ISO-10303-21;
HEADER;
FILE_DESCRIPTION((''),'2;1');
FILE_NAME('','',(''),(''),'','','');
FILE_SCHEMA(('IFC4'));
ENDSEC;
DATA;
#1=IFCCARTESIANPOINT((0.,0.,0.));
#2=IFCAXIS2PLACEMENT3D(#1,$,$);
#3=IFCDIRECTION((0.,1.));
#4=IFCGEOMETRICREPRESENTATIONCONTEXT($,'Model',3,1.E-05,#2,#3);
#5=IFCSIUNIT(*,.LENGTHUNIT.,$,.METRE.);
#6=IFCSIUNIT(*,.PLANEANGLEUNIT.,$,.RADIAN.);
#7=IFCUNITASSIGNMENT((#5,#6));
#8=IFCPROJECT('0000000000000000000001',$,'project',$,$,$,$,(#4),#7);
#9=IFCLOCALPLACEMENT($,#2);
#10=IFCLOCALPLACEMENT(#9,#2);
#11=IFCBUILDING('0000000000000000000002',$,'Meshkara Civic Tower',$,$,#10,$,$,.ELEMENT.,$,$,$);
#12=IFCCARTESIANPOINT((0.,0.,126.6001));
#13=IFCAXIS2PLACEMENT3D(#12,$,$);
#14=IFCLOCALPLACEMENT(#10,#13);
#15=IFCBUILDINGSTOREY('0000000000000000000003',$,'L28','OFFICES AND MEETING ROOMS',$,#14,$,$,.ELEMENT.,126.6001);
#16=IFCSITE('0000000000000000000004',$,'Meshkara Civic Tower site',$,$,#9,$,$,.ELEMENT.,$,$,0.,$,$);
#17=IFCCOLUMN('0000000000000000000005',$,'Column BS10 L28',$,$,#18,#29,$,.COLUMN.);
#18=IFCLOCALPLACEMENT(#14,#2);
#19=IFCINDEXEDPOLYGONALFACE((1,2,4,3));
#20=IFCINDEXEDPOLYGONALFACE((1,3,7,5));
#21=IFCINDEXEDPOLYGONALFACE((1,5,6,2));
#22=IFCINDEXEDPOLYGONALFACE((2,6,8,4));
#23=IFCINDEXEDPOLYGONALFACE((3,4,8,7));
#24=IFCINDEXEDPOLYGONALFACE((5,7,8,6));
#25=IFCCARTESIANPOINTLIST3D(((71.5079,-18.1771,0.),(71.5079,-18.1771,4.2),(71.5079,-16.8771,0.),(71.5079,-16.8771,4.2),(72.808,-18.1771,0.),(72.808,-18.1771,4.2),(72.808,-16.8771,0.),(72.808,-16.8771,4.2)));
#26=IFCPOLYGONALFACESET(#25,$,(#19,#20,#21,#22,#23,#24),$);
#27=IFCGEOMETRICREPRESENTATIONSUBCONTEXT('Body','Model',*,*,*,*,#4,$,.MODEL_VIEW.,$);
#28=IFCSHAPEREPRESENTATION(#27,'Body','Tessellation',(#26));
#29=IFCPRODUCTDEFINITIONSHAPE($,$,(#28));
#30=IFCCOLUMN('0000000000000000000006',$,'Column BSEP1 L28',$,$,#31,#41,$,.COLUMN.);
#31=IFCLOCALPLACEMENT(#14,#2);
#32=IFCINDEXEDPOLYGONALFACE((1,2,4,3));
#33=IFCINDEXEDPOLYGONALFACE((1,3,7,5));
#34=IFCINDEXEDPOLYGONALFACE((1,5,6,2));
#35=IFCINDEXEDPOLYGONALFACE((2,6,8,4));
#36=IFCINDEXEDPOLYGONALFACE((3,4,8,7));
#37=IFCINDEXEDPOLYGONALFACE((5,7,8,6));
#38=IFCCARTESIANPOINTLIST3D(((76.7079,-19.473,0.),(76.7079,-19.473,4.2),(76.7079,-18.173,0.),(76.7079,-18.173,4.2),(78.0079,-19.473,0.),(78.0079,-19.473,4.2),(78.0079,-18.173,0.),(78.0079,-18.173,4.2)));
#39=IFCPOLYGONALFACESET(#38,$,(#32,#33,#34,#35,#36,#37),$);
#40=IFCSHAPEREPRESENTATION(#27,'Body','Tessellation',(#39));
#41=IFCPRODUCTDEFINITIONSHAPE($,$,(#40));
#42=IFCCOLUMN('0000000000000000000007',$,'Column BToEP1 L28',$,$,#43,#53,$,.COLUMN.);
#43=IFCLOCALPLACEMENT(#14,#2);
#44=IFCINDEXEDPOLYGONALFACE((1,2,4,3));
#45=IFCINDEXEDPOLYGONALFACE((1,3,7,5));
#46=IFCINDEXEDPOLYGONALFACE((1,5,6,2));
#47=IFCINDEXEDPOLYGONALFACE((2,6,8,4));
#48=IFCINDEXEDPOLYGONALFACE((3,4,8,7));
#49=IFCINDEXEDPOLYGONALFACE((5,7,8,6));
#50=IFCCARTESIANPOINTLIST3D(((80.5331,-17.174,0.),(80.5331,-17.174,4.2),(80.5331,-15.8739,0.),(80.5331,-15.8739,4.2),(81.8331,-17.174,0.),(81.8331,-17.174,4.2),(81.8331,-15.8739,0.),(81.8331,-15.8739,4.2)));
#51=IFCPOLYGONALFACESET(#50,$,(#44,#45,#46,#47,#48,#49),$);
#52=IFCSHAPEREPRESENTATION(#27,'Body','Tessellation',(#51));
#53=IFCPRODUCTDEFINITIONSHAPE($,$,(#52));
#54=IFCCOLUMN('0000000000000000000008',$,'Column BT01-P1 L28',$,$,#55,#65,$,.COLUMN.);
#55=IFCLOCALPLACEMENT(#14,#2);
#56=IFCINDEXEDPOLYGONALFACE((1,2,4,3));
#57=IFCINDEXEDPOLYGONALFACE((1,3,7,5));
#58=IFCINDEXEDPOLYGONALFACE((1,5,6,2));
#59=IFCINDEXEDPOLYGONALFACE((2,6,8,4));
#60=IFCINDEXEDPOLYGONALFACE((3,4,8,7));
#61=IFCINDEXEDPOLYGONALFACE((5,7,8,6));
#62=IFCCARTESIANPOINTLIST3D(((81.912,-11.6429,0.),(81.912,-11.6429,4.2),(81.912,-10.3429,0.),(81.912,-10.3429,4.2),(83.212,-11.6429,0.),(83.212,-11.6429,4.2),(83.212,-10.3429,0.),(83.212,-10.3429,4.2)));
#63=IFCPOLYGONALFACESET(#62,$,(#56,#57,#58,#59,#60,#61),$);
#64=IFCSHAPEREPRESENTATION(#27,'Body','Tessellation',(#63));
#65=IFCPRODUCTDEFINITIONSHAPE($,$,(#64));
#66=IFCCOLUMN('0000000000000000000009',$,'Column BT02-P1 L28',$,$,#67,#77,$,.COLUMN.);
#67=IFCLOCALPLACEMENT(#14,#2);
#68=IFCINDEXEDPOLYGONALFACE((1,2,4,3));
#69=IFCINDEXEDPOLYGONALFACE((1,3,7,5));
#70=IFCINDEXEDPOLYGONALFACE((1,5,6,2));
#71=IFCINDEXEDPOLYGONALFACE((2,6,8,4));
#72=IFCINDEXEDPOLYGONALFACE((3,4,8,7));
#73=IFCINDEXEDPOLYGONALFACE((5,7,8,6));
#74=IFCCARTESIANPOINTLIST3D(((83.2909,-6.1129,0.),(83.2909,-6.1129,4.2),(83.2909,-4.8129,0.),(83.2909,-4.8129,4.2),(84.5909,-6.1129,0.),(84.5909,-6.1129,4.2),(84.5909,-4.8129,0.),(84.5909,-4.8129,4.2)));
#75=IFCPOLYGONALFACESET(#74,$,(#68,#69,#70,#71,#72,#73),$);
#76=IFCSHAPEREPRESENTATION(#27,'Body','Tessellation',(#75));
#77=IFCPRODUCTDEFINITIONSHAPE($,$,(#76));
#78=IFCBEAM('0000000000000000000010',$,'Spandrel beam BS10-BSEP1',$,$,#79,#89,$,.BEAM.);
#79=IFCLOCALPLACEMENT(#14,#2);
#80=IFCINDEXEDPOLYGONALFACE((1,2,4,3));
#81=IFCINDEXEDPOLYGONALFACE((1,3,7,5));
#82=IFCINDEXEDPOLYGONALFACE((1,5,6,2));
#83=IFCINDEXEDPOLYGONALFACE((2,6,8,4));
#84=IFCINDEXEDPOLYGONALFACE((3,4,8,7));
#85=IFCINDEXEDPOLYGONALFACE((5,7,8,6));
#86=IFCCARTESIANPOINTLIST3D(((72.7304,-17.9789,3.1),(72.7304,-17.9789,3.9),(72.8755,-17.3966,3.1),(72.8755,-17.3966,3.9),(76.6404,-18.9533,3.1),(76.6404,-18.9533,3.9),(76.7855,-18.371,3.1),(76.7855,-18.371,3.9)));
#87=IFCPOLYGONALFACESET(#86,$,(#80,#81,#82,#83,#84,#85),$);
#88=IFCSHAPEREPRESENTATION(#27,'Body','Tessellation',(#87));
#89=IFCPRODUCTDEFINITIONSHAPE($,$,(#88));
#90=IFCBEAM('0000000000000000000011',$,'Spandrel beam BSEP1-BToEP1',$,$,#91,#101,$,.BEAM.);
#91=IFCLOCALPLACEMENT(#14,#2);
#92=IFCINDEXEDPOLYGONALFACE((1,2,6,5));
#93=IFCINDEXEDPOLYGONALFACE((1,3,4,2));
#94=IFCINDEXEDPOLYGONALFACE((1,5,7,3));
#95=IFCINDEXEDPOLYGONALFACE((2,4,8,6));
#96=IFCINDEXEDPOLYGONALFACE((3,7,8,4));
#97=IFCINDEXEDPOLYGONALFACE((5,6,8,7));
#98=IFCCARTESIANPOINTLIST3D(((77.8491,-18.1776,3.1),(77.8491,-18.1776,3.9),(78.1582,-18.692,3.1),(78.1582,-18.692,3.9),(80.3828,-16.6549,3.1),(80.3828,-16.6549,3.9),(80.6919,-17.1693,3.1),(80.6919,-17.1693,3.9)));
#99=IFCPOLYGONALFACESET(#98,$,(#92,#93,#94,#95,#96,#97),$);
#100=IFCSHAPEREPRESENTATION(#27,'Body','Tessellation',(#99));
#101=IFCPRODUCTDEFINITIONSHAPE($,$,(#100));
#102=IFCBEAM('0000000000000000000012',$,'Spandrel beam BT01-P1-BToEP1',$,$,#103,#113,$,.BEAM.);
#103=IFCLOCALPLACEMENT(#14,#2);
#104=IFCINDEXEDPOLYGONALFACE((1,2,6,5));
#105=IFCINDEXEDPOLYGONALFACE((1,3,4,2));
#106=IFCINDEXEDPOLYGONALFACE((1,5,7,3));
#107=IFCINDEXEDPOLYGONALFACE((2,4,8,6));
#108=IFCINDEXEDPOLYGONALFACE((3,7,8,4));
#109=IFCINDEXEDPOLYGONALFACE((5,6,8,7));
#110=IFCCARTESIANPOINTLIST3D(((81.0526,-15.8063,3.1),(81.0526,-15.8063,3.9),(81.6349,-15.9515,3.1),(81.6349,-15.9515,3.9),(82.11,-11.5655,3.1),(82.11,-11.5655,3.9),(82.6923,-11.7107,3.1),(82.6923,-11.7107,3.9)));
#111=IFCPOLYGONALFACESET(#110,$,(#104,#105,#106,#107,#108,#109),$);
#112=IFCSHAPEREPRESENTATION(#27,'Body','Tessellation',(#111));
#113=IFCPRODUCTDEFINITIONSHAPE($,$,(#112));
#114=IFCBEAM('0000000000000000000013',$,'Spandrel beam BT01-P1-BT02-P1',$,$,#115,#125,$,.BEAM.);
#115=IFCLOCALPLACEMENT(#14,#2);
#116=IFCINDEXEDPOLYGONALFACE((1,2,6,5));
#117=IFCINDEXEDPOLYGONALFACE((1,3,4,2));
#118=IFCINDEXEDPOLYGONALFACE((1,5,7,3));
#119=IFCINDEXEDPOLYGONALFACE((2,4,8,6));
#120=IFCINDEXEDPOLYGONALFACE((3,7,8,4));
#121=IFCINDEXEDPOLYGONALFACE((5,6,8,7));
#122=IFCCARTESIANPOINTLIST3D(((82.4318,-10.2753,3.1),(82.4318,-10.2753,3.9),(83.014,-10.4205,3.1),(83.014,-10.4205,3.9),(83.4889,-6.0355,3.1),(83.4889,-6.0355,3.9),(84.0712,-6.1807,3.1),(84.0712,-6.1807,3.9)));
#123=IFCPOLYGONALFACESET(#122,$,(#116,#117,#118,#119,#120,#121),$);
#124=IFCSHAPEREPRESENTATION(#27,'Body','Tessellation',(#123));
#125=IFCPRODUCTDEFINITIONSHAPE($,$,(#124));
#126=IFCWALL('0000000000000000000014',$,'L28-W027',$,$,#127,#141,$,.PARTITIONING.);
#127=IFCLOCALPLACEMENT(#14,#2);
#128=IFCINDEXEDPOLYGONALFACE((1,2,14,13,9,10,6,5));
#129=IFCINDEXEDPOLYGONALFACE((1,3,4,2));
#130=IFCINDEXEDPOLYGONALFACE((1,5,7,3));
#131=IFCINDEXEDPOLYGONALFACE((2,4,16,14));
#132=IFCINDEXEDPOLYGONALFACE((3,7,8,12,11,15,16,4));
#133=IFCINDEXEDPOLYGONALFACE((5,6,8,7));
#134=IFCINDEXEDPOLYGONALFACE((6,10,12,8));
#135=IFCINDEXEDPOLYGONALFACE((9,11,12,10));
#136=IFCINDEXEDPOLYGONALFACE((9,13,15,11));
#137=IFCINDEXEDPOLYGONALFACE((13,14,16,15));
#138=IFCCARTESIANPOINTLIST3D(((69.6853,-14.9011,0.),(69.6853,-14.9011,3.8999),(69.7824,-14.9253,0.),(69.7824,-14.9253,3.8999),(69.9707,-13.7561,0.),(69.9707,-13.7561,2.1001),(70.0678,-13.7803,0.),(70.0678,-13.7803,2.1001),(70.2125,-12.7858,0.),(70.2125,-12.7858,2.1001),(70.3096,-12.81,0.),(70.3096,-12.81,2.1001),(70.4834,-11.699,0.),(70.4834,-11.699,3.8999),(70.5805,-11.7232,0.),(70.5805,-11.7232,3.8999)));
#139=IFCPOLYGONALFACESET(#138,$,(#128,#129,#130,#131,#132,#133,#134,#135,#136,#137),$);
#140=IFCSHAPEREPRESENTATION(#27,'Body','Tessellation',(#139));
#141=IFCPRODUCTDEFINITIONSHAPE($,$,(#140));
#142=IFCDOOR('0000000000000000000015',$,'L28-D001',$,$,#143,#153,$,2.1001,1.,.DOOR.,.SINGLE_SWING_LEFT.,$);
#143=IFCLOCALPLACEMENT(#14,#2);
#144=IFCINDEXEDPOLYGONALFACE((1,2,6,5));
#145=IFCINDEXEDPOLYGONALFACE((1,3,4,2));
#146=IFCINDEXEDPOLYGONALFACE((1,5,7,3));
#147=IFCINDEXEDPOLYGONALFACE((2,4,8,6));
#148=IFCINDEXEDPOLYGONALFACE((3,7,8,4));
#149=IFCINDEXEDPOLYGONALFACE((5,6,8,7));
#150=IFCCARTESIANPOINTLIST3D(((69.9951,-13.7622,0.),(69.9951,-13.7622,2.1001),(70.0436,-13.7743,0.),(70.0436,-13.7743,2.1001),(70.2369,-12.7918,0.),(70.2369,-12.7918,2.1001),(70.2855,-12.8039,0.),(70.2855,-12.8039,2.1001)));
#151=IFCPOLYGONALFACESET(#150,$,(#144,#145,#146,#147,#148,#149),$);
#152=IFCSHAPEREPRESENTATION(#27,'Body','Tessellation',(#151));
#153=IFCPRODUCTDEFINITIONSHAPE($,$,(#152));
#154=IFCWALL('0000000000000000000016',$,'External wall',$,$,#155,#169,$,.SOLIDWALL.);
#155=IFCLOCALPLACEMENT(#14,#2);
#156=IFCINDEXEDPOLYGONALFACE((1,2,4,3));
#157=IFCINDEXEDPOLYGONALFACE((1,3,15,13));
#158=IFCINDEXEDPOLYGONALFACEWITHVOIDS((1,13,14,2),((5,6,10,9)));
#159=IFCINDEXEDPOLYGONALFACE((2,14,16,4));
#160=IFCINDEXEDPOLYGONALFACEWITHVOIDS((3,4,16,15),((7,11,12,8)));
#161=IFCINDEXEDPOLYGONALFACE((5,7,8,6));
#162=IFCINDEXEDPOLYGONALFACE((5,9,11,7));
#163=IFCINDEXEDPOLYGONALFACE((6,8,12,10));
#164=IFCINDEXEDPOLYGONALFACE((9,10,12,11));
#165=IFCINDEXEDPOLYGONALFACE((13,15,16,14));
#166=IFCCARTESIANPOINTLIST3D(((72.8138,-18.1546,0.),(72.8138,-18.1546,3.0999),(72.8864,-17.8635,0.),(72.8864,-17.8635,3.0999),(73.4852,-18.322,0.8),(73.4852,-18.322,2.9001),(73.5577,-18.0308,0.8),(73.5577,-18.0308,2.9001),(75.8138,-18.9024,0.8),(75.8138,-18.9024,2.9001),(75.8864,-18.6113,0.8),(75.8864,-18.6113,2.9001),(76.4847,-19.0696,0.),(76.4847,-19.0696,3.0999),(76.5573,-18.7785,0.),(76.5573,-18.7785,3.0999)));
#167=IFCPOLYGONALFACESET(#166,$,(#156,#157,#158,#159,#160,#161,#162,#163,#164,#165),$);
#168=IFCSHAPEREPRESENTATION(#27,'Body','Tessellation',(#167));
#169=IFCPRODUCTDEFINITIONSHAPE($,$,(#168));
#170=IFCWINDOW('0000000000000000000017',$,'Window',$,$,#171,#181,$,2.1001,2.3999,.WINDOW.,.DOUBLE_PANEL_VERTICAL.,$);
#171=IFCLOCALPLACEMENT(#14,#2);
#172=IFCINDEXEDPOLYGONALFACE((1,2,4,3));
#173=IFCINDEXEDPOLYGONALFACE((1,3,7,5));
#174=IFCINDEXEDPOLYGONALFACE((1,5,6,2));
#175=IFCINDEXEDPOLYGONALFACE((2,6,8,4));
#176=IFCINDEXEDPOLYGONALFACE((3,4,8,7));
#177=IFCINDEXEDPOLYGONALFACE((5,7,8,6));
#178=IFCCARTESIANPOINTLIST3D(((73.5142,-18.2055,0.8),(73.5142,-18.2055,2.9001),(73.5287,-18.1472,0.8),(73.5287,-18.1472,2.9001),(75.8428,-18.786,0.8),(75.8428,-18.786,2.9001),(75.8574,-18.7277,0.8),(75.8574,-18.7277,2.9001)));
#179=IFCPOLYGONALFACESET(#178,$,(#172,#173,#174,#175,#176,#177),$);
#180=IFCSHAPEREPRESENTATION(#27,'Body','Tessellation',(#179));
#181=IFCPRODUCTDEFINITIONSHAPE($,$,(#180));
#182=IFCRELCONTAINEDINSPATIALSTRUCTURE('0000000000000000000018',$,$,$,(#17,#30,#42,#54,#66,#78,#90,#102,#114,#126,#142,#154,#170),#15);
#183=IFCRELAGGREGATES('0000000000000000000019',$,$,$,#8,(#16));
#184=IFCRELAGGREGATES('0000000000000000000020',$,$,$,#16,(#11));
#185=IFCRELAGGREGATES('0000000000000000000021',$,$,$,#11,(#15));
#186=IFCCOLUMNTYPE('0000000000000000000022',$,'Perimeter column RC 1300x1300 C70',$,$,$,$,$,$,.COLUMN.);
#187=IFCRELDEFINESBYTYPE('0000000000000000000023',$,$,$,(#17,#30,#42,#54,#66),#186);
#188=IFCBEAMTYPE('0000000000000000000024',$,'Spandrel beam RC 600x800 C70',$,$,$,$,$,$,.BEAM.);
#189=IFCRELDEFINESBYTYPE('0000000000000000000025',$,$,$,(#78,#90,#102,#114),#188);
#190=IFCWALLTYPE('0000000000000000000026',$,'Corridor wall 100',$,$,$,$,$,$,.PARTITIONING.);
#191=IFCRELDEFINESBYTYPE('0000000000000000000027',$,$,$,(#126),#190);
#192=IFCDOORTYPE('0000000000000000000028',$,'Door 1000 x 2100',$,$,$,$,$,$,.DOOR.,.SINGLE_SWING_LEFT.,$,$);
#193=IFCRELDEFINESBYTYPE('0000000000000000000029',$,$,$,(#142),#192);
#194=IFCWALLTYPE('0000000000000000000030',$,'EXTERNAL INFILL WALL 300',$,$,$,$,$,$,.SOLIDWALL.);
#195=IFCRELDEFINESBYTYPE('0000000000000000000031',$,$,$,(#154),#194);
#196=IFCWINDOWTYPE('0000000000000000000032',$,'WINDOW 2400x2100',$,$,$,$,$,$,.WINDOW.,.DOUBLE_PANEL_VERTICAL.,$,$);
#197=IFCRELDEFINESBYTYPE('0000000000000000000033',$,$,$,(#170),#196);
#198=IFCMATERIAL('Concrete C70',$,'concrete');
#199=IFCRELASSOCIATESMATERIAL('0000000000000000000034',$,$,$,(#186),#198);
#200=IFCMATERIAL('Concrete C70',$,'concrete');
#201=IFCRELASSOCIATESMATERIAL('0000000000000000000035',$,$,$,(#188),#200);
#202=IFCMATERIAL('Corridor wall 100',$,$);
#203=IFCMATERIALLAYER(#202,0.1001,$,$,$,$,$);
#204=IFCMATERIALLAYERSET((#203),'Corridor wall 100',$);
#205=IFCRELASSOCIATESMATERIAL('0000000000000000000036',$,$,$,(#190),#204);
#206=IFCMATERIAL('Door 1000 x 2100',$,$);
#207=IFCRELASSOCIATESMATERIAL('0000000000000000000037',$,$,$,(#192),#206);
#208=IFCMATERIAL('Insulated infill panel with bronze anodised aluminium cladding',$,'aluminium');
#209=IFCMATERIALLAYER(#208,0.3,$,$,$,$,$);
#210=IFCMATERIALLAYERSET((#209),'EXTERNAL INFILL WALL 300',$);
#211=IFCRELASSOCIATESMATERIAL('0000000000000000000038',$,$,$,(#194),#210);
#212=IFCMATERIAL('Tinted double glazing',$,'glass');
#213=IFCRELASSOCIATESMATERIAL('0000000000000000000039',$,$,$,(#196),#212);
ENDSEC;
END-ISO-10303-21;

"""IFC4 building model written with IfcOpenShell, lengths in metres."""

from ifc_helpers import new_model, si_unit, direction, frame, frame_2d, origin, origin_2d, place, context, subcontext, project, spatial, rectangle, extrude, material, layer, layer_set, material_profile, profile_set, type_object, element, fill, save


model = new_model("IFC4")

# Units and contexts
model_context = context("Model", 3, precision=1e-05, world=origin(), true_north=direction((0.0, 1.0)))
body_context = subcontext(model_context, "Body", "Model", "MODEL_VIEW")
ifc_project = project(units=[si_unit("LENGTHUNIT", "METRE"), si_unit("PLANEANGLEUNIT", "RADIAN")], contexts=[model_context])

# Site, building, storey
site_placement = place(None, origin())
site = spatial("IfcSite", under=ifc_project, at=site_placement, Name="Meshkara Civic Tower site", CompositionType="ELEMENT", RefElevation=0.0)
building_placement = place(site_placement, origin())
building = spatial("IfcBuilding", under=site, at=building_placement, Name="Meshkara Civic Tower", CompositionType="ELEMENT")
storey_placement = place(building_placement, frame((0.0, 0.0, 126.6001)))
storey = spatial("IfcBuildingStorey", under=building, at=storey_placement, Name="L28", Description="OFFICES AND MEETING ROOMS", CompositionType="ELEMENT", Elevation=126.6001)

# Columns
ifc_material_1 = material(Name="Concrete C70", Category="concrete")
ifc_material_profile_1 = material_profile(ifc_material_1, rectangle(XDim=1.3, YDim=1.3, at=origin_2d()))
ifc_profile_set_1 = profile_set([ifc_material_profile_1], Name="Concrete C70")
column_type = type_object("IfcColumnType", Name="Perimeter column RC 1300x1300 C70", PredefinedType="COLUMN", material=ifc_profile_set_1)
for number, where, z_axis, x_axis, name in (
    (1, (72.158, -17.5271, 0.0), (0.0, 0.0, 1.0), (1.0, 0.0, 0.0), "Column BS10 L28"),
    (2, (77.3579, -18.823, 0.0), (0.0, 0.0, 1.0), (1.0, 0.0, 0.0), "Column BSEP1 L28"),
    (3, (81.1831, -16.5239, 0.0), (0.0, 0.0, 1.0), (1.0, 0.0, 0.0), "Column BToEP1 L28"),
    (4, (82.562, -10.9929, 0.0), (0.0, 0.0, 1.0), (1.0, 0.0, 0.0), "Column BT01-P1 L28"),
    (5, (83.9409, -5.4629, 0.0), (0.0, 0.0, 1.0), (1.0, 0.0, 0.0), "Column BT02-P1 L28"),
):
    element("IfcColumn", number, at=place(storey_placement, frame(where, z_axis=z_axis, x_axis=x_axis)), inside=storey, type_object=column_type, Name=name, PredefinedType="COLUMN", context=body_context, shape_type="SweptSolid", body=[
        extrude(rectangle(XDim=1.3, YDim=1.3, at=origin_2d()), origin(), (0.0, 0.0, 1.0), 4.2),
    ])

# Beams
ifc_material_2 = material(Name="Concrete C70", Category="concrete")
ifc_material_profile_2 = material_profile(ifc_material_2, rectangle(XDim=0.6001, YDim=0.8, at=origin_2d()))
ifc_profile_set_2 = profile_set([ifc_material_profile_2], Name="Concrete C70")
beam_type = type_object("IfcBeamType", Name="Spandrel beam RC 600x800 C70", PredefinedType="BEAM", material=ifc_profile_set_2)
beam_1_placement = place(storey_placement, frame((72.803, -17.6877, 3.5), z_axis=(0.970324, -0.241808, 0.0), x_axis=(0.241808, 0.970324, 0.0)))
element("IfcBeam", 6, at=beam_1_placement, inside=storey, type_object=beam_type, Name="Spandrel beam BS10-BSEP1", PredefinedType="BEAM", context=body_context, shape_type="SweptSolid", body=[
    extrude(rectangle(XDim=0.6001, YDim=0.8, at=origin_2d()), origin(), (0.0, 0.0, 1.0), 4.0295),
])
beam_2_placement = place(storey_placement, frame((78.0037, -18.4348, 3.5), z_axis=(0.857121, 0.515115, 0.0), x_axis=(-0.515115, 0.857121, 0.0)))
element("IfcBeam", 7, at=beam_2_placement, inside=storey, type_object=beam_type, Name="Spandrel beam BSEP1-BToEP1", PredefinedType="BEAM", context=body_context, shape_type="SweptSolid", body=[
    extrude(rectangle(XDim=0.6001, YDim=0.8, at=origin_2d()), origin(), (0.0, 0.0, 1.0), 2.9561),
])
beam_3_placement = place(storey_placement, frame((81.3438, -15.8789, 3.5), z_axis=(0.241931, 0.970293, 0.0), x_axis=(-0.970293, 0.241931, 0.0)))
element("IfcBeam", 8, at=beam_3_placement, inside=storey, type_object=beam_type, Name="Spandrel beam BT01-P1-BToEP1", PredefinedType="BEAM", context=body_context, shape_type="SweptSolid", body=[
    extrude(rectangle(XDim=0.6001, YDim=0.8, at=origin_2d()), origin(), (0.0, 0.0, 1.0), 4.3706),
])
beam_4_placement = place(storey_placement, frame((82.7229, -10.3479, 3.5), z_axis=(0.241931, 0.970293, 0.0), x_axis=(-0.970293, 0.241931, 0.0)))
element("IfcBeam", 9, at=beam_4_placement, inside=storey, type_object=beam_type, Name="Spandrel beam BT01-P1-BT02-P1", PredefinedType="BEAM", context=body_context, shape_type="SweptSolid", body=[
    extrude(rectangle(XDim=0.6001, YDim=0.8, at=origin_2d()), origin(), (0.0, 0.0, 1.0), 4.3696),
])

# Wall, opening, door
ifc_material_3 = material(Name="Corridor wall 100")
ifc_layer_1 = layer(ifc_material_3, 0.1001)
ifc_layer_set_1 = layer_set([ifc_layer_1], Name="Corridor wall 100")
wall_type_1 = type_object("IfcWallType", Name="Corridor wall 100", PredefinedType="PARTITIONING", material=ifc_layer_set_1)
wall_1_placement = place(storey_placement, frame((69.7339, -14.9131, 0.0), z_axis=(0.0, 0.0, 1.0), x_axis=(0.241839, 0.970316, 0.0)))
wall_1 = element("IfcWall", 10, at=wall_1_placement, inside=storey, type_object=wall_type_1, Name="L28-W027", PredefinedType="PARTITIONING", context=body_context, shape_type="SweptSolid", body=[
    extrude(rectangle(XDim=3.3, YDim=0.1001, at=frame_2d((1.6499, 0.0))), origin(), (0.0, 0.0, 1.0), 3.8999),
])
opening_1_placement = place(wall_1_placement, frame((1.1799, 0.0, 0.0)))
opening_1 = element("IfcOpeningElement", 11, at=opening_1_placement, cuts=wall_1, PredefinedType="OPENING", context=body_context, shape_type="SweptSolid", body=[
    extrude(rectangle(XDim=1.0, YDim=2.1001, at=frame_2d((0.5, 1.05))), frame((0.0, 0.0601, 0.0), z_axis=(0.0, -1.0, 0.0), x_axis=(1.0, 0.0, 0.0)), (0.0, 0.0, 1.0), 0.1201),
])
ifc_material_4 = material(Name="Door 1000 x 2100")
door_type_1 = type_object("IfcDoorType", Name="Door 1000 x 2100", OperationType="SINGLE_SWING_LEFT", PredefinedType="DOOR", material=ifc_material_4)
door_1_placement = place(opening_1_placement, origin())
door_1 = element("IfcDoor", 12, at=door_1_placement, inside=storey, type_object=door_type_1, Name="L28-D001", OperationType="SINGLE_SWING_LEFT", OverallHeight=2.1001, OverallWidth=1.0, PredefinedType="DOOR", context=body_context, shape_type="SweptSolid", body=[
    extrude(rectangle(XDim=1.0, YDim=2.1001, at=frame_2d((0.5, 1.05))), frame((0.0, 0.0249, 0.0), z_axis=(0.0, -1.0, 0.0), x_axis=(1.0, 0.0, 0.0)), (0.0, 0.0, 1.0), 0.05),
])
fill(opening_1, door_1)

# Wall, opening, window
ifc_material_5 = material(Name="Insulated infill panel with bronze anodised aluminium cladding", Category="aluminium")
ifc_layer_2 = layer(ifc_material_5, 0.3)
ifc_layer_set_2 = layer_set([ifc_layer_2], Name="EXTERNAL INFILL WALL 300")
wall_type_2 = type_object("IfcWallType", Name="EXTERNAL INFILL WALL 300", PredefinedType="SOLIDWALL", material=ifc_layer_set_2)
wall_2_placement = place(storey_placement, frame((72.8501, -18.009, 0.0), z_axis=(0.0, 0.0, 1.0), x_axis=(0.970309, -0.241867, 0.0)))
wall_2 = element("IfcWall", 13, at=wall_2_placement, inside=storey, type_object=wall_type_2, Name="External wall", PredefinedType="SOLIDWALL", context=body_context, shape_type="SweptSolid", body=[
    extrude(rectangle(XDim=3.7832, YDim=0.3, at=frame_2d((1.8916, 0.0))), origin(), (0.0, 0.0, 1.0), 3.0999),
])
opening_2_placement = place(wall_2_placement, frame((0.6919, 0.0, 0.8)))
opening_2 = element("IfcOpeningElement", 14, at=opening_2_placement, cuts=wall_2, PredefinedType="OPENING", context=body_context, shape_type="SweptSolid", body=[
    extrude(rectangle(XDim=2.3999, YDim=2.1001, at=frame_2d((1.2, 1.05))), frame((0.0, 0.1599, 0.0), z_axis=(0.0, -1.0, 0.0), x_axis=(1.0, 0.0, 0.0)), (0.0, 0.0, 1.0), 0.3201),
])
ifc_material_6 = material(Name="Tinted double glazing", Category="glass")
window_type_1 = type_object("IfcWindowType", Name="WINDOW 2400x2100", PartitioningType="DOUBLE_PANEL_VERTICAL", PredefinedType="WINDOW", material=ifc_material_6)
window_1_placement = place(opening_2_placement, origin())
window_1 = element("IfcWindow", 15, at=window_1_placement, inside=storey, type_object=window_type_1, Name="Window", OverallHeight=2.1001, OverallWidth=2.3999, PartitioningType="DOUBLE_PANEL_VERTICAL", PredefinedType="WINDOW", context=body_context, shape_type="SweptSolid", body=[
    extrude(rectangle(XDim=2.3999, YDim=2.1001, at=frame_2d((1.2, 1.05))), frame((0.0, 0.03, 0.0), z_axis=(0.0, -1.0, 0.0), x_axis=(1.0, 0.0, 0.0)), (0.0, 0.0, 1.0), 0.0601),
])
fill(opening_2, window_1)

save(model, "model.ifc")
